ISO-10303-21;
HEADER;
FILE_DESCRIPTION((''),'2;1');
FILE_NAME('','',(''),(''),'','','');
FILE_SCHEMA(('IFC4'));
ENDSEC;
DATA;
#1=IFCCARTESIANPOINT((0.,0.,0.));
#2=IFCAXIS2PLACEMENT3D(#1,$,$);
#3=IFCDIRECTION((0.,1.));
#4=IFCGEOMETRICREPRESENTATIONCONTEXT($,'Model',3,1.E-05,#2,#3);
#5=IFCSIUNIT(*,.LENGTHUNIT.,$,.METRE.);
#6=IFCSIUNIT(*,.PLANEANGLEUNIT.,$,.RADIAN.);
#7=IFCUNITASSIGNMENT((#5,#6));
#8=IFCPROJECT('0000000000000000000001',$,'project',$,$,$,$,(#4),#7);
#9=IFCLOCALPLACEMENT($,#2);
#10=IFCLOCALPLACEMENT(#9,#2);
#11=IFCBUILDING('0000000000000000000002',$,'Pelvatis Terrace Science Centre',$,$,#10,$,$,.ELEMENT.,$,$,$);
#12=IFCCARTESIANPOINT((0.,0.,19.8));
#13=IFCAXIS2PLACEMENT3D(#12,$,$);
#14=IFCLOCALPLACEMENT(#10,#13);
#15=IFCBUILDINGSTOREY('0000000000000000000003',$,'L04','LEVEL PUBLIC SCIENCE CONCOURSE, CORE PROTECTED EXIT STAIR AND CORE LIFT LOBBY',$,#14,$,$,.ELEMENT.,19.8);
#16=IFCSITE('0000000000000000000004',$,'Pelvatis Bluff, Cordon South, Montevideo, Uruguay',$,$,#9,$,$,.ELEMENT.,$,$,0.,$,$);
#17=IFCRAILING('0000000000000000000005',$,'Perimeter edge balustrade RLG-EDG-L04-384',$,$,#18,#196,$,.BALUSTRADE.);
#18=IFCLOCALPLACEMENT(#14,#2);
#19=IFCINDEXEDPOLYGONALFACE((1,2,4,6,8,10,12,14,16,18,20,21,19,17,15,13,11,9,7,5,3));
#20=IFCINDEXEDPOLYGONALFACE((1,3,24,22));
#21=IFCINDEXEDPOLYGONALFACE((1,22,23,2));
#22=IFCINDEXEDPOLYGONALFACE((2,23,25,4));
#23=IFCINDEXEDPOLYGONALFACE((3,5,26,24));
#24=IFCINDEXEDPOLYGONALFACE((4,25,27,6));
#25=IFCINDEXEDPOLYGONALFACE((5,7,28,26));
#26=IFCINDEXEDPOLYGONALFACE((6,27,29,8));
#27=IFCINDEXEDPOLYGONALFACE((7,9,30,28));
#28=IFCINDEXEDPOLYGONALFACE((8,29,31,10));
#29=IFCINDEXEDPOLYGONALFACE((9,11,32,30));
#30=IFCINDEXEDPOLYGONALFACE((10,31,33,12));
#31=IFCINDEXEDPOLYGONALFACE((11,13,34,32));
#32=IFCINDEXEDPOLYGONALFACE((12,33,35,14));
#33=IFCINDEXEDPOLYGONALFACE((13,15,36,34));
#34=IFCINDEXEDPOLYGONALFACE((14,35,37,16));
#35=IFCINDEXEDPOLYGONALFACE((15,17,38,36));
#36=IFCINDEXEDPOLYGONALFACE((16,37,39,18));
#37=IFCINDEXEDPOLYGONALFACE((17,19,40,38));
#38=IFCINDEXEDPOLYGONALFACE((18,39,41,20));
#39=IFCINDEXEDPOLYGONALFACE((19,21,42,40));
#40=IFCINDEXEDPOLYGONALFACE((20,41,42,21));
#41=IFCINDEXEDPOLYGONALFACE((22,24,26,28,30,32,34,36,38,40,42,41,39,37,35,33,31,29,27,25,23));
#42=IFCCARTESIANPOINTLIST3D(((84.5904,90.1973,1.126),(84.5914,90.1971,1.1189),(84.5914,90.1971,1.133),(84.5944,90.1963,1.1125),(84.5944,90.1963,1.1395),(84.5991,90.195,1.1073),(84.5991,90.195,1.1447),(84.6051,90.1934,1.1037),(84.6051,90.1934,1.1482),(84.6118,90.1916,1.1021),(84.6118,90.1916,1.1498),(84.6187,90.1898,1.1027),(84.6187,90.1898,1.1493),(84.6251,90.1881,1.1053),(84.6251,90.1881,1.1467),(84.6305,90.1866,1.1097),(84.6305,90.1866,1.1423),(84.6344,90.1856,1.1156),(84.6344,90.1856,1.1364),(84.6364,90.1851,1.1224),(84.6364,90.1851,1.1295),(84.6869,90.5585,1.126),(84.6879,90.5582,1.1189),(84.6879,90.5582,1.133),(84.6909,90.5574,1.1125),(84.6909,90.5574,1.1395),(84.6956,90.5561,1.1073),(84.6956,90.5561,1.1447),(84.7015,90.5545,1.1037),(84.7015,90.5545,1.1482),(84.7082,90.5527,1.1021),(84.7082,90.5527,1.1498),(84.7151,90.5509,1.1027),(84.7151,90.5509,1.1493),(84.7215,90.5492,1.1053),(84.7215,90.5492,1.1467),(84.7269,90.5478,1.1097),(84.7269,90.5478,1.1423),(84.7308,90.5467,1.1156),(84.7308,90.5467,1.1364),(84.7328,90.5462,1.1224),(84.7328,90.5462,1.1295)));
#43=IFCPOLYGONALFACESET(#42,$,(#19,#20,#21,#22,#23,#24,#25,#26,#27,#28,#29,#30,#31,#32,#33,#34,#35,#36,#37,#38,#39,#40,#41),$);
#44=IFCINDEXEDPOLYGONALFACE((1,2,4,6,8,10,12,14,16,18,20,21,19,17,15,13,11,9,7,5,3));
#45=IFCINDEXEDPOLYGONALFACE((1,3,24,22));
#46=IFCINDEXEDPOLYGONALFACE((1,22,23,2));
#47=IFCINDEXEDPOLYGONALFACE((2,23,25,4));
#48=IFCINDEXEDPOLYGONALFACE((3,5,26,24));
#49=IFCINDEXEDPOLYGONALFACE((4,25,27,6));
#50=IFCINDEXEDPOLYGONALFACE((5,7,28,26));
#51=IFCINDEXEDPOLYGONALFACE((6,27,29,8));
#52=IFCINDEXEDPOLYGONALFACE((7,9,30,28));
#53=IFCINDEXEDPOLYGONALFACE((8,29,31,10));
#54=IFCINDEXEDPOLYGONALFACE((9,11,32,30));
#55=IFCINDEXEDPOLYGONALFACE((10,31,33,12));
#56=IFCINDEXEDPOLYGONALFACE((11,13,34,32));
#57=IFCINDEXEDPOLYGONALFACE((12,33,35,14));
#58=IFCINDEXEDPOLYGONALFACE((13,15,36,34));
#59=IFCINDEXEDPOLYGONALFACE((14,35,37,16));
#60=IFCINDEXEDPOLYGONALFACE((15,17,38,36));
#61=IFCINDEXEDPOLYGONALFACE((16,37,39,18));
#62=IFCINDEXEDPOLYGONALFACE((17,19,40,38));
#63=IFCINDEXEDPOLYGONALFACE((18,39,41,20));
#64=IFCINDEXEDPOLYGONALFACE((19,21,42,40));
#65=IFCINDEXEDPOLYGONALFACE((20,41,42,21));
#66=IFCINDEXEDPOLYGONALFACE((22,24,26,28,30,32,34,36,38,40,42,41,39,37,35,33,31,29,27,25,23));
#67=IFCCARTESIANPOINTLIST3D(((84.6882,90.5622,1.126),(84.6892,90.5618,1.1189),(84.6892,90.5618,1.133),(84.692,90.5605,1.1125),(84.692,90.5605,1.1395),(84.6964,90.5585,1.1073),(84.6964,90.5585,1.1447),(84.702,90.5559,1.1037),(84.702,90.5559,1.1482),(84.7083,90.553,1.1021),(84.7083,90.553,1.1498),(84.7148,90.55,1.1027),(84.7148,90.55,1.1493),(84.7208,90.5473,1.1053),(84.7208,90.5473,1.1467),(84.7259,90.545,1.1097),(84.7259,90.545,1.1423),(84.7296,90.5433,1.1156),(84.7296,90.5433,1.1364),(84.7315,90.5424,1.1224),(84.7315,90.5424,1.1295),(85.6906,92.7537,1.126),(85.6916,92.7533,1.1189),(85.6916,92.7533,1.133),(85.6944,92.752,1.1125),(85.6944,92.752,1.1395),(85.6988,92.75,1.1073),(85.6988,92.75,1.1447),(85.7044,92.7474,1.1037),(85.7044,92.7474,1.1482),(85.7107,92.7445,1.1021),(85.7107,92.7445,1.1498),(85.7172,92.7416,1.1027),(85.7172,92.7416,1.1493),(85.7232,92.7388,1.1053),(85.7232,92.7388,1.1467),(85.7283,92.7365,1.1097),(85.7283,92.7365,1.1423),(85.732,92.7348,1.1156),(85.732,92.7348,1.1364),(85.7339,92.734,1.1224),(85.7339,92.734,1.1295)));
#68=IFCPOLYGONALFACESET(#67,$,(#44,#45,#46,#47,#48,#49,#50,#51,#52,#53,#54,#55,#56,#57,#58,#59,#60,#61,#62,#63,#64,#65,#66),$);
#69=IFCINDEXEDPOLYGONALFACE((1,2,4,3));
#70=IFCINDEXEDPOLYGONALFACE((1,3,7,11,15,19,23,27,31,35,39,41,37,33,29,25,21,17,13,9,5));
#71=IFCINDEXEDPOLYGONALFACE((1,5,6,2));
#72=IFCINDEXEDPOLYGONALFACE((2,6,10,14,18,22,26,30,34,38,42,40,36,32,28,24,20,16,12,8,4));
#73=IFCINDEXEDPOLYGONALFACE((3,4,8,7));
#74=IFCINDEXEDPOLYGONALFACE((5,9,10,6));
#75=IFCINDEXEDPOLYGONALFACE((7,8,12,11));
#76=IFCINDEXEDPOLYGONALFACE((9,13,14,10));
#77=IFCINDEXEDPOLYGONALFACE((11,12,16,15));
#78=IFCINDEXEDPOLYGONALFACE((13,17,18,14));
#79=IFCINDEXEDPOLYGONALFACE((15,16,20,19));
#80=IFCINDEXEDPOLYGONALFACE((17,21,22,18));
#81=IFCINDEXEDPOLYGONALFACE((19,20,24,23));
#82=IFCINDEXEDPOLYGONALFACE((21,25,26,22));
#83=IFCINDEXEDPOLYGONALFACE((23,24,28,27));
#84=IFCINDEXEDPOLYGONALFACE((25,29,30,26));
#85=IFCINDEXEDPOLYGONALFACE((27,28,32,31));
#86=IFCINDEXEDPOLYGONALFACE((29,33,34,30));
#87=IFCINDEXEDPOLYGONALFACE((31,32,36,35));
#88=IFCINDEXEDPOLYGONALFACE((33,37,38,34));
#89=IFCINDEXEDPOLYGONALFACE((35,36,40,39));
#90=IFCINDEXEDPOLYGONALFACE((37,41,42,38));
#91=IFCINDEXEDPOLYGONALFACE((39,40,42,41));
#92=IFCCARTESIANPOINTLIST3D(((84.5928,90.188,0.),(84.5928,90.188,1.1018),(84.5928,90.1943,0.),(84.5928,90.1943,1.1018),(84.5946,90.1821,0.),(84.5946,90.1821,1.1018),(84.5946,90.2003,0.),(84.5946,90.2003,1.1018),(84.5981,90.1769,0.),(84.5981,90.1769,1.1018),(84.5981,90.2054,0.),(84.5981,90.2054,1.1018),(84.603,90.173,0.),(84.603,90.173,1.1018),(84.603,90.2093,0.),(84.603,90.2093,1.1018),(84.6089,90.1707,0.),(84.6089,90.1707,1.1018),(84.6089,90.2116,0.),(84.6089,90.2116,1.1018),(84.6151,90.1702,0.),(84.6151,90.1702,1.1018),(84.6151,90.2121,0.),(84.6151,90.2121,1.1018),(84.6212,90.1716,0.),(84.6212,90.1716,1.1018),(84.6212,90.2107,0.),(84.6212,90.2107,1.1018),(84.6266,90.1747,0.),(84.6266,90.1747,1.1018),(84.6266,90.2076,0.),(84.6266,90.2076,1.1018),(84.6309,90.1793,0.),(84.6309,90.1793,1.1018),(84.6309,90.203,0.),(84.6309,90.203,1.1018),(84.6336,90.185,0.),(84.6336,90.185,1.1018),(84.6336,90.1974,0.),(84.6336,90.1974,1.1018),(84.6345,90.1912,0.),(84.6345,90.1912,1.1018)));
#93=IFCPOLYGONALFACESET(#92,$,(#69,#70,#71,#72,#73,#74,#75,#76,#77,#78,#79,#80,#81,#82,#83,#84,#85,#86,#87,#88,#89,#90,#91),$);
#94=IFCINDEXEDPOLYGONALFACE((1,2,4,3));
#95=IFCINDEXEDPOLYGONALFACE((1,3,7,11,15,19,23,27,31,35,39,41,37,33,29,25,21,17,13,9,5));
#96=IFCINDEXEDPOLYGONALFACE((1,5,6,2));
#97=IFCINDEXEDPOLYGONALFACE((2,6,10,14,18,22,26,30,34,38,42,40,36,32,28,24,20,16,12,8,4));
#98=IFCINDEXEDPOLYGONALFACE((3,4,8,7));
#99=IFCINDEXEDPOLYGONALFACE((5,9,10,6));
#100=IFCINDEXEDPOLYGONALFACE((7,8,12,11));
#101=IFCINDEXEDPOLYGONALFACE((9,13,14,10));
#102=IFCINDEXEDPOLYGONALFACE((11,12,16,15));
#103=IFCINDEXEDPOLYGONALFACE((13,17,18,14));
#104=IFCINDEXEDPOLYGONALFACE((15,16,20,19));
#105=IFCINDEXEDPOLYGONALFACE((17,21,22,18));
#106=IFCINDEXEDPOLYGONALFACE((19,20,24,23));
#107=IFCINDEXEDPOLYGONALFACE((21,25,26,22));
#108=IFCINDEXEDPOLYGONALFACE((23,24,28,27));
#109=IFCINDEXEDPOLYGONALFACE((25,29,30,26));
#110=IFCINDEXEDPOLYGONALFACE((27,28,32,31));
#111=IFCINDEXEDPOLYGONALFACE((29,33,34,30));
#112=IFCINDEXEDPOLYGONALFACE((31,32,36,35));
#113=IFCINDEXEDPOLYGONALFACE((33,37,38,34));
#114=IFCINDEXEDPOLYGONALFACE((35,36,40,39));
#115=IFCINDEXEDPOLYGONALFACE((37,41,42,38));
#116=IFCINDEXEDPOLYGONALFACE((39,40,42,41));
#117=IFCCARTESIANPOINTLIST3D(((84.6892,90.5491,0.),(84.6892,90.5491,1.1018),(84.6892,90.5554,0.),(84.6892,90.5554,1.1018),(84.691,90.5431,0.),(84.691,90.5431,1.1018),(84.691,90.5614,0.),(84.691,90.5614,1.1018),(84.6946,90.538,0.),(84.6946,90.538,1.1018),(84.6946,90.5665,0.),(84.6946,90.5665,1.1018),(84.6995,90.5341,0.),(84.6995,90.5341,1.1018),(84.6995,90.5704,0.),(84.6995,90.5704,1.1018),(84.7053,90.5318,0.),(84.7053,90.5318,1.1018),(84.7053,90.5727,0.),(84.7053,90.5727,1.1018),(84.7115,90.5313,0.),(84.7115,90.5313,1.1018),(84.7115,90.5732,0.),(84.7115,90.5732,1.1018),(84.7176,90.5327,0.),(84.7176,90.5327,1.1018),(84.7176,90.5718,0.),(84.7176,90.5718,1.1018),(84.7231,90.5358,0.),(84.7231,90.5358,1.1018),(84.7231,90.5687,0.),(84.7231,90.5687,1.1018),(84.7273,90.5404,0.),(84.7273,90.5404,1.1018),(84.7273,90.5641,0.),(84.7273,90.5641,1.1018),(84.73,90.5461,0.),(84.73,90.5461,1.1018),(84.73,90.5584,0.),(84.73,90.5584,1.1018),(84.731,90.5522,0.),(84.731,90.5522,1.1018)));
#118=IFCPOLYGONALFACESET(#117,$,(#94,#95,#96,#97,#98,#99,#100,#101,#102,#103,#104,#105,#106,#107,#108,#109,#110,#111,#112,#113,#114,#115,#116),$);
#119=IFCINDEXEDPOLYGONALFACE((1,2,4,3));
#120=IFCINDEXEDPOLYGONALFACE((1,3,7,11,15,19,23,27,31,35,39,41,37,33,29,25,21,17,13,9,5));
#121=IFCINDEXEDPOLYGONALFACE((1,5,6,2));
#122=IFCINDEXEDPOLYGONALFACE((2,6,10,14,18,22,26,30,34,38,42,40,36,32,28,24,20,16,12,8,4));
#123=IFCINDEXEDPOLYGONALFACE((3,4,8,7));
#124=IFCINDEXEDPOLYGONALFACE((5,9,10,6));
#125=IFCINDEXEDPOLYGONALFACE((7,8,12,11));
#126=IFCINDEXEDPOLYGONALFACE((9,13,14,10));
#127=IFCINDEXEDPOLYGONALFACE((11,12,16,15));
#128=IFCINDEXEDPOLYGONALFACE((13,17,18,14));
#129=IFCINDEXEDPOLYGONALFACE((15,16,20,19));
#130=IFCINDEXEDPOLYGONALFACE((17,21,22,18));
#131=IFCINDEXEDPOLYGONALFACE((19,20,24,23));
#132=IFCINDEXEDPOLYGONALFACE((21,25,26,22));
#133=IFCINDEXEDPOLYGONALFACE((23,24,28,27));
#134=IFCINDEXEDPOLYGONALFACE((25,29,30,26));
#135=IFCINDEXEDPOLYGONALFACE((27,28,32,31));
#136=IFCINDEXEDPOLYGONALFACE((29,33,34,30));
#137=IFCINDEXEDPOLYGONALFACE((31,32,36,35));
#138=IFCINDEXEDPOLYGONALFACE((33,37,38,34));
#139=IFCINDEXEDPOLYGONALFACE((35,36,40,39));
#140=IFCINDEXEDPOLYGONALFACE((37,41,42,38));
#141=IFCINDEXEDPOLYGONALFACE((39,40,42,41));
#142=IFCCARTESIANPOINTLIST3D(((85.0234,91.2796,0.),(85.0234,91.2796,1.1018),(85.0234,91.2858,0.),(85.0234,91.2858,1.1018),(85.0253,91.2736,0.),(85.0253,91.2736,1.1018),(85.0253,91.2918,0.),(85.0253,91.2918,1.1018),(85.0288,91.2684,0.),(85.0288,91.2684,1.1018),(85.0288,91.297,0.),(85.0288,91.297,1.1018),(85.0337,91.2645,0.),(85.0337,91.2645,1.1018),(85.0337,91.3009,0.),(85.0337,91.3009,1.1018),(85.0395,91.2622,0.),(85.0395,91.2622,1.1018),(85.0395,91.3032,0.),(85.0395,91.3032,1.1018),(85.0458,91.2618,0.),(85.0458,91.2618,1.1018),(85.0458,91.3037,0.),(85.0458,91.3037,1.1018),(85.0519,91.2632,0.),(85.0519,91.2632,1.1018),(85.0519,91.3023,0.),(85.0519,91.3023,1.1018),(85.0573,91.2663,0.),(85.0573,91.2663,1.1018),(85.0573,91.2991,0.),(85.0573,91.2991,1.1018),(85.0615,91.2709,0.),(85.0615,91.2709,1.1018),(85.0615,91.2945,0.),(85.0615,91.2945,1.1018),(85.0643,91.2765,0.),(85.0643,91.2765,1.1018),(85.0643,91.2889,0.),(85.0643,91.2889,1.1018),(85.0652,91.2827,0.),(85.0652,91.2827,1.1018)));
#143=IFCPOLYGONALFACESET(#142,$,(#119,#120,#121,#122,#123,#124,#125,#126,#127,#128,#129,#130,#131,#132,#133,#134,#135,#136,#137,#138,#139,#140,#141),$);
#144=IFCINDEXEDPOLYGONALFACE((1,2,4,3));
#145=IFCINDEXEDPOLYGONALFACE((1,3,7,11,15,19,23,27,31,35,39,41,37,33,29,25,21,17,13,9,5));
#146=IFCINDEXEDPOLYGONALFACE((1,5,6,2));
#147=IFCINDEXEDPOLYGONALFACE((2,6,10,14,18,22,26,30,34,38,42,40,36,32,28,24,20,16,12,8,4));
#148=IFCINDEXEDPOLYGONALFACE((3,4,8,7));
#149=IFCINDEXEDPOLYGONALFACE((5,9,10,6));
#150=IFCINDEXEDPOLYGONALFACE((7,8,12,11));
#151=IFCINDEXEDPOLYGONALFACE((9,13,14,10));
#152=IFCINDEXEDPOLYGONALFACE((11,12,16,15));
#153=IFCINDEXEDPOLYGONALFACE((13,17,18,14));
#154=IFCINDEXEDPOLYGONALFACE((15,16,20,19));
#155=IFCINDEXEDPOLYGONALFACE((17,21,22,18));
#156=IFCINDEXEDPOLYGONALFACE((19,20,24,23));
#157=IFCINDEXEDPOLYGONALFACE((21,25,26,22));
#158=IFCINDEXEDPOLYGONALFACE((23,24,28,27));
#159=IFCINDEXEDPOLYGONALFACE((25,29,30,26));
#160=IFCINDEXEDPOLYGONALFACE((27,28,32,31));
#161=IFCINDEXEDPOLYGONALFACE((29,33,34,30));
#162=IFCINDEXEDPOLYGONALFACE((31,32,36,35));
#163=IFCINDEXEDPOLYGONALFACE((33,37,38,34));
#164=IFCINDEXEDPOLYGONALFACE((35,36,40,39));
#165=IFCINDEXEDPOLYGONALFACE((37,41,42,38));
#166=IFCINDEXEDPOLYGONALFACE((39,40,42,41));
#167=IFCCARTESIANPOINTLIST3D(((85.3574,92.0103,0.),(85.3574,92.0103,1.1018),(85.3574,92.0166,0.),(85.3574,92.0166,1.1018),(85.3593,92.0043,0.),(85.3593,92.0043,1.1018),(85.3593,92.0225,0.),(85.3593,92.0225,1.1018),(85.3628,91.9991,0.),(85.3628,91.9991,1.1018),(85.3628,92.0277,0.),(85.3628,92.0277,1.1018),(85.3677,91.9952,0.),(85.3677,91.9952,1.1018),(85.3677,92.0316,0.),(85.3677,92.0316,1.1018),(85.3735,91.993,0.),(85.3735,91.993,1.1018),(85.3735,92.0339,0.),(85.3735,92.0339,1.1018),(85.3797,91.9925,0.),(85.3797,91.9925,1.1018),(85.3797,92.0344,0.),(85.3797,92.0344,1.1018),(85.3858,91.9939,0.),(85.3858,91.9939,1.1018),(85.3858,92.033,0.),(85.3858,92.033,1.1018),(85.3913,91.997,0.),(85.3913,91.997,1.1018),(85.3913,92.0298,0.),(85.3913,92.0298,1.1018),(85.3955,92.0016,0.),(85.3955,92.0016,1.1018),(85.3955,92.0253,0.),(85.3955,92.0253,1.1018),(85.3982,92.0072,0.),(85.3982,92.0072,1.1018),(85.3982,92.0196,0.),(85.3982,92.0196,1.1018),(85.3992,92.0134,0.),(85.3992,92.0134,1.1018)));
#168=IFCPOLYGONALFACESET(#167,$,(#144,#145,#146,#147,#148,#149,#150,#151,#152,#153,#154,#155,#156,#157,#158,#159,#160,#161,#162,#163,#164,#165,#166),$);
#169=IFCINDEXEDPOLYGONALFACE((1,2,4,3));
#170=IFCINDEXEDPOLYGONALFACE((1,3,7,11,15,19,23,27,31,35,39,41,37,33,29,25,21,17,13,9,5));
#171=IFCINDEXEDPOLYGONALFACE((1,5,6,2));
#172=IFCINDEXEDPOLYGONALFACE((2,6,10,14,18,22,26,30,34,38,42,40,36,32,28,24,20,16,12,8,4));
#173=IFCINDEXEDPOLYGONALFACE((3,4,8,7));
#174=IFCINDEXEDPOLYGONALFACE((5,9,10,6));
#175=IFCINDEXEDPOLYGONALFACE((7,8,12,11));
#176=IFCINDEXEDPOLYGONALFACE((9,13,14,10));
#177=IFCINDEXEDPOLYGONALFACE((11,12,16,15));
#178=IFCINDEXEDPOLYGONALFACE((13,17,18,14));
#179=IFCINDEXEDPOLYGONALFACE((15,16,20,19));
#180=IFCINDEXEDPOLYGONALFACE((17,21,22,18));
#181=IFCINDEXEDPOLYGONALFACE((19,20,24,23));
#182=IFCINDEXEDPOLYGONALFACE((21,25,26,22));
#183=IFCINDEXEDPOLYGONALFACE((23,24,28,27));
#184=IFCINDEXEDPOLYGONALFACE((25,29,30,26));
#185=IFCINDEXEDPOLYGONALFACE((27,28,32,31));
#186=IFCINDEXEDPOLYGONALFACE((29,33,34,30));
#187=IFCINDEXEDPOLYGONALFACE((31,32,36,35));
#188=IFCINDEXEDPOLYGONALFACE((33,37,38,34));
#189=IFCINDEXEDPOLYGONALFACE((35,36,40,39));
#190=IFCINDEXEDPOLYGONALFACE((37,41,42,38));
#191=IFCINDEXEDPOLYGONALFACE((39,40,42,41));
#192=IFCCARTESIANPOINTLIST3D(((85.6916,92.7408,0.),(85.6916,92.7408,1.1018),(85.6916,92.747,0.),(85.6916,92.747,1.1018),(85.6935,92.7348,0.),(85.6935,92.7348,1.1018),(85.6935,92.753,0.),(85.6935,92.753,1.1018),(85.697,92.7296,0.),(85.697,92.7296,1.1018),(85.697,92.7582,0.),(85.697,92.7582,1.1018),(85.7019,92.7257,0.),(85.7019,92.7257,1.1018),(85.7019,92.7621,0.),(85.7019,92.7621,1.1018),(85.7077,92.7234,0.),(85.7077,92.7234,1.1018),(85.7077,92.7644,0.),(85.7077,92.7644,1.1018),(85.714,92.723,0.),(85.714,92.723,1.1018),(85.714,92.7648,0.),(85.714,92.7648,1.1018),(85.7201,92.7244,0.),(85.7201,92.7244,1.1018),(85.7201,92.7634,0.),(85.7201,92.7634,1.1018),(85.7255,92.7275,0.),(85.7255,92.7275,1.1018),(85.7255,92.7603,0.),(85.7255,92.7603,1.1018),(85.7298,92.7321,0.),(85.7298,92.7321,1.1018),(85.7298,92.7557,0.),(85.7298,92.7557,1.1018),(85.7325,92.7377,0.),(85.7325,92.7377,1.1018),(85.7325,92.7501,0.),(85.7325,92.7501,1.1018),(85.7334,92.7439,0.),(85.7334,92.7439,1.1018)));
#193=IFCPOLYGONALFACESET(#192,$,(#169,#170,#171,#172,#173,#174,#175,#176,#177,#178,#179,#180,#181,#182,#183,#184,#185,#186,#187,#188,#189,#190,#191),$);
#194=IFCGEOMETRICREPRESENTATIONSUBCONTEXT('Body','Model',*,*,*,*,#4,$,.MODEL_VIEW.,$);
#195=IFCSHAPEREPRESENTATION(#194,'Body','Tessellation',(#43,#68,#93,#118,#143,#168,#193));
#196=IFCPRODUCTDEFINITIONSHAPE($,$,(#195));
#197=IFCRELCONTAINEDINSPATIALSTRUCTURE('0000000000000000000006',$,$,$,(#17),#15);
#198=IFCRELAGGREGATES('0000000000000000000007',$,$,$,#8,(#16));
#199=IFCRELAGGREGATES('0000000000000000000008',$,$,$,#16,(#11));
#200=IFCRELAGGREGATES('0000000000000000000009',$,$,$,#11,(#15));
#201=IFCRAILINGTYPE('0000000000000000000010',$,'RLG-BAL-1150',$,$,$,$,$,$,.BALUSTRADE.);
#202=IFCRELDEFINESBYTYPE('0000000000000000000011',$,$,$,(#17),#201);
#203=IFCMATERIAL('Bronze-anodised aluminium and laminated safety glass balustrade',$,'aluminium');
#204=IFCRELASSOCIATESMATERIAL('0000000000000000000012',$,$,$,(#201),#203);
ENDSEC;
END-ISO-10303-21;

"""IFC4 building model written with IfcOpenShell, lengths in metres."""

from ifc_helpers import new_model, si_unit, direction, frame, origin, origin_2d, place, context, subcontext, project, spatial, circle, extrude, material, type_object, element, save


model = new_model("IFC4")

# Units and contexts
model_context = context("Model", 3, precision=1e-05, world=origin(), true_north=direction((0.0, 1.0)))
body_context = subcontext(model_context, "Body", "Model", "MODEL_VIEW")
ifc_project = project(units=[si_unit("LENGTHUNIT", "METRE"), si_unit("PLANEANGLEUNIT", "RADIAN")], contexts=[model_context])

# Site, building, storey
site_placement = place(None, origin())
site = spatial("IfcSite", under=ifc_project, at=site_placement, Name="Pelvatis Bluff, Cordon South, Montevideo, Uruguay", CompositionType="ELEMENT", RefElevation=0.0)
building_placement = place(site_placement, origin())
building = spatial("IfcBuilding", under=site, at=building_placement, Name="Pelvatis Terrace Science Centre", CompositionType="ELEMENT")
storey_placement = place(building_placement, frame((0.0, 0.0, 19.8)))
storey = spatial("IfcBuildingStorey", under=building, at=storey_placement, Name="L04", Description="LEVEL PUBLIC SCIENCE CONCOURSE, CORE PROTECTED EXIT STAIR AND CORE LIFT LOBBY", CompositionType="ELEMENT", Elevation=19.8)

# Railing
ifc_material_1 = material(Name="Bronze-anodised aluminium and laminated safety glass balustrade", Category="aluminium")
railing_type = type_object("IfcRailingType", Name="RLG-BAL-1150", PredefinedType="BALUSTRADE", material=ifc_material_1)
railing_placement = place(storey_placement, frame((84.6135, 90.1912, 0.0)))
element("IfcRailing", 1, at=railing_placement, inside=storey, type_object=railing_type, Name="Perimeter edge balustrade RLG-EDG-L04-384", PredefinedType="BALUSTRADE", context=body_context, shape_type="SweptSolid", body=[
    extrude(circle(Radius=0.0239, at=origin_2d()), frame((0.0, 0.0, 1.126), z_axis=(0.258029, 0.966137, 0.0), x_axis=(-0.966137, 0.258029, 0.0)), (0.0, 0.0, 1.0), 0.3738),
    extrude(circle(Radius=0.0239, at=origin_2d()), frame((0.0964, 0.3611, 1.126), z_axis=(0.415946, 0.909389, 0.0), x_axis=(-0.909389, 0.415946, 0.0)), (0.0, 0.0, 1.0), 2.4099),
    extrude(circle(Radius=0.021, at=origin_2d()), origin(), (0.0, 0.0, 1.0), 1.1018),
    extrude(circle(Radius=0.021, at=origin_2d()), frame((0.0964, 0.3611, 0.0)), (0.0, 0.0, 1.0), 1.1018),
    extrude(circle(Radius=0.021, at=origin_2d()), frame((0.4307, 1.0916, 0.0)), (0.0, 0.0, 1.0), 1.1018),
    extrude(circle(Radius=0.021, at=origin_2d()), frame((0.7646, 1.8223, 0.0)), (0.0, 0.0, 1.0), 1.1018),
    extrude(circle(Radius=0.021, at=origin_2d()), frame((1.0989, 2.5527, 0.0)), (0.0, 0.0, 1.0), 1.1018),
])

save(model, "model.ifc")
